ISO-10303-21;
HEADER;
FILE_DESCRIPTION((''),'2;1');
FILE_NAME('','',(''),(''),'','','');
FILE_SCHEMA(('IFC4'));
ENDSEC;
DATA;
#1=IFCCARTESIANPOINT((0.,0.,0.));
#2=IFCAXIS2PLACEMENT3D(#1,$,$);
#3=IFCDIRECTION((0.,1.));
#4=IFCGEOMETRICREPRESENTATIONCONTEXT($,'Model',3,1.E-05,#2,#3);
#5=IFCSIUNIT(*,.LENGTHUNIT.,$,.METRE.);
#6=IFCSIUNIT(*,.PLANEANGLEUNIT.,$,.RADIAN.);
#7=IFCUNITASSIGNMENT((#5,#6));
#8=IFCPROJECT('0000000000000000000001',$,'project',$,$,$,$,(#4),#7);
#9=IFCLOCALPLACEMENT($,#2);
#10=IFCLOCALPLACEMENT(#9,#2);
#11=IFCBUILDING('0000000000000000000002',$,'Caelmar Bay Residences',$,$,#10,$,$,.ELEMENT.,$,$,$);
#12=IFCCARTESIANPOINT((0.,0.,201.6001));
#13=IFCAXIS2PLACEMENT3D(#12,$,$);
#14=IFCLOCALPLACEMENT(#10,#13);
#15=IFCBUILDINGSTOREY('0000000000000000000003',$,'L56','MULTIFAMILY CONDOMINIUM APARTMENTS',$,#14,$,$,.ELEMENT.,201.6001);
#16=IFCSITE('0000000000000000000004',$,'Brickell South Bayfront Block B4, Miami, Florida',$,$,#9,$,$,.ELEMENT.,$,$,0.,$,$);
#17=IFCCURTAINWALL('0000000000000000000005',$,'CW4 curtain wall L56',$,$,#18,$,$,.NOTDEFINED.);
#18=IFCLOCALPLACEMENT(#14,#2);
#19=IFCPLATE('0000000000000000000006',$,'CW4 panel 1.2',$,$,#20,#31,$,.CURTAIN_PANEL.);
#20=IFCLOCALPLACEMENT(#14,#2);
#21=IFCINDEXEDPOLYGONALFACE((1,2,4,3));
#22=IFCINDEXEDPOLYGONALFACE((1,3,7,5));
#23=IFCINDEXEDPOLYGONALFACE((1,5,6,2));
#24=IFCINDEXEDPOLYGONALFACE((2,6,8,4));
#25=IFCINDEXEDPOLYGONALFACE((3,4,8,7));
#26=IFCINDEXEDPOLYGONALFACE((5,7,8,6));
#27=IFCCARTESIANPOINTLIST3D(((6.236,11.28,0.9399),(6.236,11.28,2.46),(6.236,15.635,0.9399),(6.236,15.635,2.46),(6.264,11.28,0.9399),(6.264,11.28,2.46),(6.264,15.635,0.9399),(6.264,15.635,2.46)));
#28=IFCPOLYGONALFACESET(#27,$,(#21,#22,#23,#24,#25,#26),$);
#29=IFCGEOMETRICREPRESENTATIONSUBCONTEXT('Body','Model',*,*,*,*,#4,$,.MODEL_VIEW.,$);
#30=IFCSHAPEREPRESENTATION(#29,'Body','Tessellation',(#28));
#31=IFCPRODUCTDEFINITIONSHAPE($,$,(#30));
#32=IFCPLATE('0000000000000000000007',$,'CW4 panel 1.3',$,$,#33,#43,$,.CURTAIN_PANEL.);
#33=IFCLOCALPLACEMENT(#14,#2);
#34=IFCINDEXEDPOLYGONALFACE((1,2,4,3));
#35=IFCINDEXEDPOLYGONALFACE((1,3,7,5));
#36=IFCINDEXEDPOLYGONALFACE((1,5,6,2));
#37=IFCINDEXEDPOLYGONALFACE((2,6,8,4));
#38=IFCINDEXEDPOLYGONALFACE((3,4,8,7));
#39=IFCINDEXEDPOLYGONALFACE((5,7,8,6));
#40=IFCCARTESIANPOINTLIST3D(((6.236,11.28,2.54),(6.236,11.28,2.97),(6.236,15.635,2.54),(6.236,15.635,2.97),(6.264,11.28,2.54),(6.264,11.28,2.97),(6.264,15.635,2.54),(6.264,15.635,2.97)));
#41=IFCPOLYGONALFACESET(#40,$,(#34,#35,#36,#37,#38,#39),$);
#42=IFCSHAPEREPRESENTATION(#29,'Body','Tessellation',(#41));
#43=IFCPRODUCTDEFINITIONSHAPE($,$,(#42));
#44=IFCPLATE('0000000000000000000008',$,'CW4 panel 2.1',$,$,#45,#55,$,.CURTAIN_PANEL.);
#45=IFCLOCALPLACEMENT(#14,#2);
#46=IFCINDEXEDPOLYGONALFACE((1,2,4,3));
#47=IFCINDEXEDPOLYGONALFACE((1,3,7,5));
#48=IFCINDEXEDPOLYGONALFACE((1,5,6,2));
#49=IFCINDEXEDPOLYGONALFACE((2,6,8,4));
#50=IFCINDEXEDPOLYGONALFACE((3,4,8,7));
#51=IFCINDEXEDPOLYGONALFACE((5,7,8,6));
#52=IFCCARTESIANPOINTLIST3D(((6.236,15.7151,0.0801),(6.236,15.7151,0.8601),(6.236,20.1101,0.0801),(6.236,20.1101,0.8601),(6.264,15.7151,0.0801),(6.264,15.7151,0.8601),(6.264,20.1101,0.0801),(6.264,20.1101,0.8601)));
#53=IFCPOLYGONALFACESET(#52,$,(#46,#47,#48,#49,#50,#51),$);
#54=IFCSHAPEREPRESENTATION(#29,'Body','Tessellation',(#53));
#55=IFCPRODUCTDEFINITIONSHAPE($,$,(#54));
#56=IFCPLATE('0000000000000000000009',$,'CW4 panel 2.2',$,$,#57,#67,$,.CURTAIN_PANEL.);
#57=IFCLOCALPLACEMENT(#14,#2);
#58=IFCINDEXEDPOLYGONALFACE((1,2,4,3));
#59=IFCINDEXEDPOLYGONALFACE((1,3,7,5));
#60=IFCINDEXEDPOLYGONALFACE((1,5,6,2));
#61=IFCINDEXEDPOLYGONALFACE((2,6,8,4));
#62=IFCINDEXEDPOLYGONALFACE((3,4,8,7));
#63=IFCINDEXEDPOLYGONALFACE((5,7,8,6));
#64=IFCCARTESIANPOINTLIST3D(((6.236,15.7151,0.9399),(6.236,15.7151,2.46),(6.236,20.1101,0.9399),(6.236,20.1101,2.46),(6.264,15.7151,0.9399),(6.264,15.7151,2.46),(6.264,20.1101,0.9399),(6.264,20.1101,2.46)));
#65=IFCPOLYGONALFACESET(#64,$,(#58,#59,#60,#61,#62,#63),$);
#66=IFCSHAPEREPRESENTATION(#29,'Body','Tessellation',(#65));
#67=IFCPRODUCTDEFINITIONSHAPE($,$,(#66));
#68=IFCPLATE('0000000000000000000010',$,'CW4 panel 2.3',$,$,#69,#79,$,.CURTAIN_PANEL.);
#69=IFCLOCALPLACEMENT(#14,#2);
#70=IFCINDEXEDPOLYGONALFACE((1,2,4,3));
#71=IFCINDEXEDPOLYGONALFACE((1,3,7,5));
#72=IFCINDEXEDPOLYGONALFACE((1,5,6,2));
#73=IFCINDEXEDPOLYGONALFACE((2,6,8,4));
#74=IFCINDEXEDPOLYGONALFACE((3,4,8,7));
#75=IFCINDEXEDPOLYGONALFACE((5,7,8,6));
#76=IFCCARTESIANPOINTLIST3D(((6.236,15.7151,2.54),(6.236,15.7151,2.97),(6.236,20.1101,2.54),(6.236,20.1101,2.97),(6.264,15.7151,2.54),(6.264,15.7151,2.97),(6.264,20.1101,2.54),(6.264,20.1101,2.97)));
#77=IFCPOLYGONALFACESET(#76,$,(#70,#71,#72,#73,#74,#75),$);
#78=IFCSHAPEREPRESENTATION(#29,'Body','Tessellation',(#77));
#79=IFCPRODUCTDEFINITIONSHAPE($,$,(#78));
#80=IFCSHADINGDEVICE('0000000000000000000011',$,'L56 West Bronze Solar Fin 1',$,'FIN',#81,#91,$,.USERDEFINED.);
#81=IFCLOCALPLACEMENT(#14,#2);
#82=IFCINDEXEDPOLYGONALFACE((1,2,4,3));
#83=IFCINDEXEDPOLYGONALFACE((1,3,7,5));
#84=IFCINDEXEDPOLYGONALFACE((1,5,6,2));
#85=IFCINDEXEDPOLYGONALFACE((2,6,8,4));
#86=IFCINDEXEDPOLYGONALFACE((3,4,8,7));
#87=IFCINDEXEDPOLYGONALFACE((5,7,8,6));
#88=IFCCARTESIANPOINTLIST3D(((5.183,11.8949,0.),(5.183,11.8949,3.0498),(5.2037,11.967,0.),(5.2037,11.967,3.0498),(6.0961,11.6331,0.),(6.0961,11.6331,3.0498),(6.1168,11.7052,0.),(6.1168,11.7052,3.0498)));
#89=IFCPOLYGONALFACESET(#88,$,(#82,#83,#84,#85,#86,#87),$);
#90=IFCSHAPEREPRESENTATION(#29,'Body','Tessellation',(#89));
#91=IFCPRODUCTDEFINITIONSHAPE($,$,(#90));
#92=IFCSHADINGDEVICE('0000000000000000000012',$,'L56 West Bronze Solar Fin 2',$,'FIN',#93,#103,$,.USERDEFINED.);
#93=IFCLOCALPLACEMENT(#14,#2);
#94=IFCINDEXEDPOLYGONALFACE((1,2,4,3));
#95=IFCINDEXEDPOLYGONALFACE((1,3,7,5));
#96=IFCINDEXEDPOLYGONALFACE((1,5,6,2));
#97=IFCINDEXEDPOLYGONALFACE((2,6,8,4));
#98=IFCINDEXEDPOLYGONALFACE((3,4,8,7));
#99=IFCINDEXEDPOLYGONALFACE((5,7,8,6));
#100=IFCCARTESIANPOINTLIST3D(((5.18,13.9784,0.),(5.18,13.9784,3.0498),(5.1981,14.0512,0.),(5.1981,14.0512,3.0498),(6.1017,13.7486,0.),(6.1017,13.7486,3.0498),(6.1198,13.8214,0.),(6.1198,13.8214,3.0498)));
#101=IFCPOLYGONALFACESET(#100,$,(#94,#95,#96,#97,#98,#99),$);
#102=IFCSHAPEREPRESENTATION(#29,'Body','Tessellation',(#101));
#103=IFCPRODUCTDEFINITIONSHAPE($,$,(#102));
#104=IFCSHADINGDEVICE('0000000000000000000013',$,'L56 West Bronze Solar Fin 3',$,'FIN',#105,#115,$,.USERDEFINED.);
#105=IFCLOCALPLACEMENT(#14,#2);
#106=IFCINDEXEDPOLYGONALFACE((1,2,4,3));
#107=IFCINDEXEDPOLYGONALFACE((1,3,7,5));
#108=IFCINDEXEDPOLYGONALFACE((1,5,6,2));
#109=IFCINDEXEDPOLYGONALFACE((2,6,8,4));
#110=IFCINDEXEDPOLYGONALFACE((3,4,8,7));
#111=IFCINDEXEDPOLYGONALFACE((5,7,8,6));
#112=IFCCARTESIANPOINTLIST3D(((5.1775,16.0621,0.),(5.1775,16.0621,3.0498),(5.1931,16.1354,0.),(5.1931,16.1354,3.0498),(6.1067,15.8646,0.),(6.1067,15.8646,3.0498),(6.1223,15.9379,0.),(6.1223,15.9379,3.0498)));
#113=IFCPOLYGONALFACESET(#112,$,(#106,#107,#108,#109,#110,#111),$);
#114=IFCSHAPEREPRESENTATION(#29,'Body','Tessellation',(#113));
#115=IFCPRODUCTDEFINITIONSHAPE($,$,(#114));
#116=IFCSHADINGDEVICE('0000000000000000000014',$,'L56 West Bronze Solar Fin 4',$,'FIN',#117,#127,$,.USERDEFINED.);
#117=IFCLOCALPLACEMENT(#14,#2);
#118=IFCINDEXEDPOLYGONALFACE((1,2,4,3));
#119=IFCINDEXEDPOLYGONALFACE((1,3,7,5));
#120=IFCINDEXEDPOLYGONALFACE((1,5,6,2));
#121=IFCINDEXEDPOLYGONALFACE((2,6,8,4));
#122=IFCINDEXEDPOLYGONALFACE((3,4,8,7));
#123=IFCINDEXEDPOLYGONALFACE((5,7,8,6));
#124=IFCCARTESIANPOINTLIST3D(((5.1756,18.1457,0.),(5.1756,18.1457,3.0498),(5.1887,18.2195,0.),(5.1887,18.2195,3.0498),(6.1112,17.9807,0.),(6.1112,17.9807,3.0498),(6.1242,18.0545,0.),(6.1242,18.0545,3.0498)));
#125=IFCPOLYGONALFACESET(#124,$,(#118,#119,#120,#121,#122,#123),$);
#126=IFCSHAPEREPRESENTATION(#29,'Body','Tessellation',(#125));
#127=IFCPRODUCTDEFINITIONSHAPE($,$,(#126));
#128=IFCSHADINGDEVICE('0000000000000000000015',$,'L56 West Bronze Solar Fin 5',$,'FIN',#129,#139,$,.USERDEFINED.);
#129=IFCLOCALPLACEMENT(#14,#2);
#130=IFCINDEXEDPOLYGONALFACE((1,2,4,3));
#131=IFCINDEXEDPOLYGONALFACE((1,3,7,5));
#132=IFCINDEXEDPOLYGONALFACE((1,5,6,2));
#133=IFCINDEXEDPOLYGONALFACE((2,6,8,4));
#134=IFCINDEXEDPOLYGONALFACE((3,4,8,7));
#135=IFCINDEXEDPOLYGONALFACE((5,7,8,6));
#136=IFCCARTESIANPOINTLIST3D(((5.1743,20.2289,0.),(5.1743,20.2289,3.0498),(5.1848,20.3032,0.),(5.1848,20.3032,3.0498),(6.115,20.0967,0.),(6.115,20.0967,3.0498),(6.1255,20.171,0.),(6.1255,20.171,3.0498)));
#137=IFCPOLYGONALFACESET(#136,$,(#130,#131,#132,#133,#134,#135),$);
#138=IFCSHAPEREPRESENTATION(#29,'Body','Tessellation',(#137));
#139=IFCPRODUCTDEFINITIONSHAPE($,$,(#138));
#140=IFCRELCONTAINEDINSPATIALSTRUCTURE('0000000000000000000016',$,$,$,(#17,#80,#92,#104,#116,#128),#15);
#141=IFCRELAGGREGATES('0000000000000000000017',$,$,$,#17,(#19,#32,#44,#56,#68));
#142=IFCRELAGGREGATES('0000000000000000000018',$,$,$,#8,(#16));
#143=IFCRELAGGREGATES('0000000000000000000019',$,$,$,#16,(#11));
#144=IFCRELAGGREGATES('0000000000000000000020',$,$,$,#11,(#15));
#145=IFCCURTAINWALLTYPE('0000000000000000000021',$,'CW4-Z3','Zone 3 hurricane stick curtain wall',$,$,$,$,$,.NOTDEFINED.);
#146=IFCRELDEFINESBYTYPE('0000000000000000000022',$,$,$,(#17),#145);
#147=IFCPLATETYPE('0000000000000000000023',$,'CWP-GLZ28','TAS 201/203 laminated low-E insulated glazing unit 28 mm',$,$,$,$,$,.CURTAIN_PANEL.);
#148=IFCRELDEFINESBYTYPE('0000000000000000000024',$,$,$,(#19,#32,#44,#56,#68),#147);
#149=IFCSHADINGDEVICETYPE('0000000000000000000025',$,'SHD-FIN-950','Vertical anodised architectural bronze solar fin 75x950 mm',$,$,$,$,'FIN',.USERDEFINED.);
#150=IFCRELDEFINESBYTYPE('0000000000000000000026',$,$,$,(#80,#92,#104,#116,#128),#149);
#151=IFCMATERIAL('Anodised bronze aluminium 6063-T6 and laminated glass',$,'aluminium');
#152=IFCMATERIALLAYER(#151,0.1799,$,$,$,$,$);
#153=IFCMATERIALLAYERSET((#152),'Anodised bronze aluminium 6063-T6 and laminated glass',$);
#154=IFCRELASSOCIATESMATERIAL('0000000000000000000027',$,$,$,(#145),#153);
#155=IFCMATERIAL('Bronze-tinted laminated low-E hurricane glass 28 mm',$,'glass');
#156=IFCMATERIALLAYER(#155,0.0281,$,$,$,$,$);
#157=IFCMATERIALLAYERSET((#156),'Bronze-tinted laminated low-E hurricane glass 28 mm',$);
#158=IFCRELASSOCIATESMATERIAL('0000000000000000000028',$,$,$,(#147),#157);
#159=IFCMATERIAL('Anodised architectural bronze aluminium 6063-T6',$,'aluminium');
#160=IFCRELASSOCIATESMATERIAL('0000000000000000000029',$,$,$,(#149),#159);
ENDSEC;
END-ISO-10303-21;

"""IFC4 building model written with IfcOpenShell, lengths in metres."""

from ifc_helpers import new_model, si_unit, direction, frame, origin, origin_2d, place, context, subcontext, project, spatial, rectangle, extrude, material, layer, layer_set, material_profile, profile_set, type_object, element, aggregate, save


model = new_model("IFC4")

# Units and contexts
model_context = context("Model", 3, precision=1e-05, world=origin(), true_north=direction((0.0, 1.0)))
body_context = subcontext(model_context, "Body", "Model", "MODEL_VIEW")
ifc_project = project(units=[si_unit("LENGTHUNIT", "METRE"), si_unit("PLANEANGLEUNIT", "RADIAN")], contexts=[model_context])

# Site, building, storey
site_placement = place(None, origin())
site = spatial("IfcSite", under=ifc_project, at=site_placement, Name="Brickell South Bayfront Block B4, Miami, Florida", CompositionType="ELEMENT", RefElevation=0.0)
building_placement = place(site_placement, origin())
building = spatial("IfcBuilding", under=site, at=building_placement, Name="Caelmar Bay Residences", CompositionType="ELEMENT")
storey_placement = place(building_placement, frame((0.0, 0.0, 201.6001)))
storey = spatial("IfcBuildingStorey", under=building, at=storey_placement, Name="L56", Description="MULTIFAMILY CONDOMINIUM APARTMENTS", CompositionType="ELEMENT", Elevation=201.6001)

# Curtain wall, plates
ifc_material_1 = material(Name="Anodised bronze aluminium 6063-T6 and laminated glass", Category="aluminium")
ifc_layer_1 = layer(ifc_material_1, 0.1799)
ifc_layer_set_1 = layer_set([ifc_layer_1], Name="Anodised bronze aluminium 6063-T6 and laminated glass")
curtain_wall_type = type_object("IfcCurtainWallType", Name="CW4-Z3", Description="Zone 3 hurricane stick curtain wall", PredefinedType="NOTDEFINED", material=ifc_layer_set_1)
curtain_wall_placement = place(storey_placement, origin())
curtain_wall = element("IfcCurtainWall", 1, at=curtain_wall_placement, inside=storey, type_object=curtain_wall_type, Name="CW4 curtain wall L56", PredefinedType="NOTDEFINED")
ifc_material_2 = material(Name="Bronze-tinted laminated low-E hurricane glass 28 mm", Category="glass")
ifc_layer_2 = layer(ifc_material_2, 0.0281)
ifc_layer_set_2 = layer_set([ifc_layer_2], Name="Bronze-tinted laminated low-E hurricane glass 28 mm")
plate_type = type_object("IfcPlateType", Name="CWP-GLZ28", Description="TAS 201/203 laminated low-E insulated glazing unit 28 mm", PredefinedType="CURTAIN_PANEL", material=ifc_layer_set_2)
plate_1_placement = place(storey_placement, frame((6.25, 13.4575, 0.9399), z_axis=(0.0, 0.0, 1.0), x_axis=(0.0, 1.0, 0.0)))
plate_1 = element("IfcPlate", 2, at=plate_1_placement, type_object=plate_type, Name="CW4 panel 1.2", PredefinedType="CURTAIN_PANEL", context=body_context, shape_type="SweptSolid", body=[
    extrude(rectangle(XDim=4.355, YDim=0.0281, at=origin_2d()), origin(), (0.0, 0.0, 1.0), 1.52),
])
plate_2_placement = place(storey_placement, frame((6.25, 13.4575, 2.54), z_axis=(0.0, 0.0, 1.0), x_axis=(0.0, 1.0, 0.0)))
plate_2 = element("IfcPlate", 3, at=plate_2_placement, type_object=plate_type, Name="CW4 panel 1.3", PredefinedType="CURTAIN_PANEL", context=body_context, shape_type="SweptSolid", body=[
    extrude(rectangle(XDim=4.355, YDim=0.0281, at=origin_2d()), origin(), (0.0, 0.0, 1.0), 0.4299),
])
plate_3_placement = place(storey_placement, frame((6.25, 17.9126, 0.0801), z_axis=(0.0, 0.0, 1.0), x_axis=(0.0, 1.0, 0.0)))
plate_3 = element("IfcPlate", 4, at=plate_3_placement, type_object=plate_type, Name="CW4 panel 2.1", PredefinedType="CURTAIN_PANEL", context=body_context, shape_type="SweptSolid", body=[
    extrude(rectangle(XDim=4.395, YDim=0.0281, at=origin_2d()), origin(), (0.0, 0.0, 1.0), 0.78),
])
plate_4_placement = place(storey_placement, frame((6.25, 17.9126, 0.9399), z_axis=(0.0, 0.0, 1.0), x_axis=(0.0, 1.0, 0.0)))
plate_4 = element("IfcPlate", 5, at=plate_4_placement, type_object=plate_type, Name="CW4 panel 2.2", PredefinedType="CURTAIN_PANEL", context=body_context, shape_type="SweptSolid", body=[
    extrude(rectangle(XDim=4.395, YDim=0.0281, at=origin_2d()), origin(), (0.0, 0.0, 1.0), 1.52),
])
plate_5_placement = place(storey_placement, frame((6.25, 17.9126, 2.54), z_axis=(0.0, 0.0, 1.0), x_axis=(0.0, 1.0, 0.0)))
plate_5 = element("IfcPlate", 6, at=plate_5_placement, type_object=plate_type, Name="CW4 panel 2.3", PredefinedType="CURTAIN_PANEL", context=body_context, shape_type="SweptSolid", body=[
    extrude(rectangle(XDim=4.395, YDim=0.0281, at=origin_2d()), origin(), (0.0, 0.0, 1.0), 0.4299),
])
aggregate(curtain_wall, [plate_1, plate_2, plate_3, plate_4, plate_5])

# Shading devices
ifc_material_3 = material(Name="Anodised architectural bronze aluminium 6063-T6", Category="aluminium")
ifc_material_profile_1 = material_profile(ifc_material_3, rectangle(XDim=0.075, YDim=0.95, at=origin_2d()), Name="BRONZE-FIN-75X950")
ifc_profile_set_1 = profile_set([ifc_material_profile_1], Name="Anodised architectural bronze aluminium 6063-T6")
shading_device_type = type_object("IfcShadingDeviceType", Name="SHD-FIN-950", Description="Vertical anodised architectural bronze solar fin 75x950 mm", ElementType="FIN", PredefinedType="USERDEFINED", material=ifc_profile_set_1)
for number, where, z_axis, x_axis, name in (
    (7, (5.6499, 11.8, 0.0), (0.0, 0.0, 1.0), (0.275637, 0.961262, 0.0), "L56 West Bronze Solar Fin 1"),
    (8, (5.6499, 13.8999, 0.0), (0.0, 0.0, 1.0), (0.241922, 0.970296, 0.0), "L56 West Bronze Solar Fin 2"),
    (9, (5.6499, 16.0, 0.0), (0.0, 0.0, 1.0), (0.207912, 0.978148, 0.0), "L56 West Bronze Solar Fin 3"),
    (10, (5.6499, 18.1001, 0.0), (0.0, 0.0, 1.0), (0.173648, 0.984808, 0.0), "L56 West Bronze Solar Fin 4"),
    (11, (5.6499, 20.2, 0.0), (0.0, 0.0, 1.0), (0.139173, 0.990268, 0.0), "L56 West Bronze Solar Fin 5"),
):
    element("IfcShadingDevice", number, at=place(storey_placement, frame(where, z_axis=z_axis, x_axis=x_axis)), inside=storey, type_object=shading_device_type, Name=name, ObjectType="FIN", PredefinedType="USERDEFINED", context=body_context, shape_type="SweptSolid", body=[
        extrude(rectangle(XDim=0.075, YDim=0.95, at=origin_2d()), origin(), (0.0, 0.0, 1.0), 3.0498),
    ])

save(model, "model.ifc")
